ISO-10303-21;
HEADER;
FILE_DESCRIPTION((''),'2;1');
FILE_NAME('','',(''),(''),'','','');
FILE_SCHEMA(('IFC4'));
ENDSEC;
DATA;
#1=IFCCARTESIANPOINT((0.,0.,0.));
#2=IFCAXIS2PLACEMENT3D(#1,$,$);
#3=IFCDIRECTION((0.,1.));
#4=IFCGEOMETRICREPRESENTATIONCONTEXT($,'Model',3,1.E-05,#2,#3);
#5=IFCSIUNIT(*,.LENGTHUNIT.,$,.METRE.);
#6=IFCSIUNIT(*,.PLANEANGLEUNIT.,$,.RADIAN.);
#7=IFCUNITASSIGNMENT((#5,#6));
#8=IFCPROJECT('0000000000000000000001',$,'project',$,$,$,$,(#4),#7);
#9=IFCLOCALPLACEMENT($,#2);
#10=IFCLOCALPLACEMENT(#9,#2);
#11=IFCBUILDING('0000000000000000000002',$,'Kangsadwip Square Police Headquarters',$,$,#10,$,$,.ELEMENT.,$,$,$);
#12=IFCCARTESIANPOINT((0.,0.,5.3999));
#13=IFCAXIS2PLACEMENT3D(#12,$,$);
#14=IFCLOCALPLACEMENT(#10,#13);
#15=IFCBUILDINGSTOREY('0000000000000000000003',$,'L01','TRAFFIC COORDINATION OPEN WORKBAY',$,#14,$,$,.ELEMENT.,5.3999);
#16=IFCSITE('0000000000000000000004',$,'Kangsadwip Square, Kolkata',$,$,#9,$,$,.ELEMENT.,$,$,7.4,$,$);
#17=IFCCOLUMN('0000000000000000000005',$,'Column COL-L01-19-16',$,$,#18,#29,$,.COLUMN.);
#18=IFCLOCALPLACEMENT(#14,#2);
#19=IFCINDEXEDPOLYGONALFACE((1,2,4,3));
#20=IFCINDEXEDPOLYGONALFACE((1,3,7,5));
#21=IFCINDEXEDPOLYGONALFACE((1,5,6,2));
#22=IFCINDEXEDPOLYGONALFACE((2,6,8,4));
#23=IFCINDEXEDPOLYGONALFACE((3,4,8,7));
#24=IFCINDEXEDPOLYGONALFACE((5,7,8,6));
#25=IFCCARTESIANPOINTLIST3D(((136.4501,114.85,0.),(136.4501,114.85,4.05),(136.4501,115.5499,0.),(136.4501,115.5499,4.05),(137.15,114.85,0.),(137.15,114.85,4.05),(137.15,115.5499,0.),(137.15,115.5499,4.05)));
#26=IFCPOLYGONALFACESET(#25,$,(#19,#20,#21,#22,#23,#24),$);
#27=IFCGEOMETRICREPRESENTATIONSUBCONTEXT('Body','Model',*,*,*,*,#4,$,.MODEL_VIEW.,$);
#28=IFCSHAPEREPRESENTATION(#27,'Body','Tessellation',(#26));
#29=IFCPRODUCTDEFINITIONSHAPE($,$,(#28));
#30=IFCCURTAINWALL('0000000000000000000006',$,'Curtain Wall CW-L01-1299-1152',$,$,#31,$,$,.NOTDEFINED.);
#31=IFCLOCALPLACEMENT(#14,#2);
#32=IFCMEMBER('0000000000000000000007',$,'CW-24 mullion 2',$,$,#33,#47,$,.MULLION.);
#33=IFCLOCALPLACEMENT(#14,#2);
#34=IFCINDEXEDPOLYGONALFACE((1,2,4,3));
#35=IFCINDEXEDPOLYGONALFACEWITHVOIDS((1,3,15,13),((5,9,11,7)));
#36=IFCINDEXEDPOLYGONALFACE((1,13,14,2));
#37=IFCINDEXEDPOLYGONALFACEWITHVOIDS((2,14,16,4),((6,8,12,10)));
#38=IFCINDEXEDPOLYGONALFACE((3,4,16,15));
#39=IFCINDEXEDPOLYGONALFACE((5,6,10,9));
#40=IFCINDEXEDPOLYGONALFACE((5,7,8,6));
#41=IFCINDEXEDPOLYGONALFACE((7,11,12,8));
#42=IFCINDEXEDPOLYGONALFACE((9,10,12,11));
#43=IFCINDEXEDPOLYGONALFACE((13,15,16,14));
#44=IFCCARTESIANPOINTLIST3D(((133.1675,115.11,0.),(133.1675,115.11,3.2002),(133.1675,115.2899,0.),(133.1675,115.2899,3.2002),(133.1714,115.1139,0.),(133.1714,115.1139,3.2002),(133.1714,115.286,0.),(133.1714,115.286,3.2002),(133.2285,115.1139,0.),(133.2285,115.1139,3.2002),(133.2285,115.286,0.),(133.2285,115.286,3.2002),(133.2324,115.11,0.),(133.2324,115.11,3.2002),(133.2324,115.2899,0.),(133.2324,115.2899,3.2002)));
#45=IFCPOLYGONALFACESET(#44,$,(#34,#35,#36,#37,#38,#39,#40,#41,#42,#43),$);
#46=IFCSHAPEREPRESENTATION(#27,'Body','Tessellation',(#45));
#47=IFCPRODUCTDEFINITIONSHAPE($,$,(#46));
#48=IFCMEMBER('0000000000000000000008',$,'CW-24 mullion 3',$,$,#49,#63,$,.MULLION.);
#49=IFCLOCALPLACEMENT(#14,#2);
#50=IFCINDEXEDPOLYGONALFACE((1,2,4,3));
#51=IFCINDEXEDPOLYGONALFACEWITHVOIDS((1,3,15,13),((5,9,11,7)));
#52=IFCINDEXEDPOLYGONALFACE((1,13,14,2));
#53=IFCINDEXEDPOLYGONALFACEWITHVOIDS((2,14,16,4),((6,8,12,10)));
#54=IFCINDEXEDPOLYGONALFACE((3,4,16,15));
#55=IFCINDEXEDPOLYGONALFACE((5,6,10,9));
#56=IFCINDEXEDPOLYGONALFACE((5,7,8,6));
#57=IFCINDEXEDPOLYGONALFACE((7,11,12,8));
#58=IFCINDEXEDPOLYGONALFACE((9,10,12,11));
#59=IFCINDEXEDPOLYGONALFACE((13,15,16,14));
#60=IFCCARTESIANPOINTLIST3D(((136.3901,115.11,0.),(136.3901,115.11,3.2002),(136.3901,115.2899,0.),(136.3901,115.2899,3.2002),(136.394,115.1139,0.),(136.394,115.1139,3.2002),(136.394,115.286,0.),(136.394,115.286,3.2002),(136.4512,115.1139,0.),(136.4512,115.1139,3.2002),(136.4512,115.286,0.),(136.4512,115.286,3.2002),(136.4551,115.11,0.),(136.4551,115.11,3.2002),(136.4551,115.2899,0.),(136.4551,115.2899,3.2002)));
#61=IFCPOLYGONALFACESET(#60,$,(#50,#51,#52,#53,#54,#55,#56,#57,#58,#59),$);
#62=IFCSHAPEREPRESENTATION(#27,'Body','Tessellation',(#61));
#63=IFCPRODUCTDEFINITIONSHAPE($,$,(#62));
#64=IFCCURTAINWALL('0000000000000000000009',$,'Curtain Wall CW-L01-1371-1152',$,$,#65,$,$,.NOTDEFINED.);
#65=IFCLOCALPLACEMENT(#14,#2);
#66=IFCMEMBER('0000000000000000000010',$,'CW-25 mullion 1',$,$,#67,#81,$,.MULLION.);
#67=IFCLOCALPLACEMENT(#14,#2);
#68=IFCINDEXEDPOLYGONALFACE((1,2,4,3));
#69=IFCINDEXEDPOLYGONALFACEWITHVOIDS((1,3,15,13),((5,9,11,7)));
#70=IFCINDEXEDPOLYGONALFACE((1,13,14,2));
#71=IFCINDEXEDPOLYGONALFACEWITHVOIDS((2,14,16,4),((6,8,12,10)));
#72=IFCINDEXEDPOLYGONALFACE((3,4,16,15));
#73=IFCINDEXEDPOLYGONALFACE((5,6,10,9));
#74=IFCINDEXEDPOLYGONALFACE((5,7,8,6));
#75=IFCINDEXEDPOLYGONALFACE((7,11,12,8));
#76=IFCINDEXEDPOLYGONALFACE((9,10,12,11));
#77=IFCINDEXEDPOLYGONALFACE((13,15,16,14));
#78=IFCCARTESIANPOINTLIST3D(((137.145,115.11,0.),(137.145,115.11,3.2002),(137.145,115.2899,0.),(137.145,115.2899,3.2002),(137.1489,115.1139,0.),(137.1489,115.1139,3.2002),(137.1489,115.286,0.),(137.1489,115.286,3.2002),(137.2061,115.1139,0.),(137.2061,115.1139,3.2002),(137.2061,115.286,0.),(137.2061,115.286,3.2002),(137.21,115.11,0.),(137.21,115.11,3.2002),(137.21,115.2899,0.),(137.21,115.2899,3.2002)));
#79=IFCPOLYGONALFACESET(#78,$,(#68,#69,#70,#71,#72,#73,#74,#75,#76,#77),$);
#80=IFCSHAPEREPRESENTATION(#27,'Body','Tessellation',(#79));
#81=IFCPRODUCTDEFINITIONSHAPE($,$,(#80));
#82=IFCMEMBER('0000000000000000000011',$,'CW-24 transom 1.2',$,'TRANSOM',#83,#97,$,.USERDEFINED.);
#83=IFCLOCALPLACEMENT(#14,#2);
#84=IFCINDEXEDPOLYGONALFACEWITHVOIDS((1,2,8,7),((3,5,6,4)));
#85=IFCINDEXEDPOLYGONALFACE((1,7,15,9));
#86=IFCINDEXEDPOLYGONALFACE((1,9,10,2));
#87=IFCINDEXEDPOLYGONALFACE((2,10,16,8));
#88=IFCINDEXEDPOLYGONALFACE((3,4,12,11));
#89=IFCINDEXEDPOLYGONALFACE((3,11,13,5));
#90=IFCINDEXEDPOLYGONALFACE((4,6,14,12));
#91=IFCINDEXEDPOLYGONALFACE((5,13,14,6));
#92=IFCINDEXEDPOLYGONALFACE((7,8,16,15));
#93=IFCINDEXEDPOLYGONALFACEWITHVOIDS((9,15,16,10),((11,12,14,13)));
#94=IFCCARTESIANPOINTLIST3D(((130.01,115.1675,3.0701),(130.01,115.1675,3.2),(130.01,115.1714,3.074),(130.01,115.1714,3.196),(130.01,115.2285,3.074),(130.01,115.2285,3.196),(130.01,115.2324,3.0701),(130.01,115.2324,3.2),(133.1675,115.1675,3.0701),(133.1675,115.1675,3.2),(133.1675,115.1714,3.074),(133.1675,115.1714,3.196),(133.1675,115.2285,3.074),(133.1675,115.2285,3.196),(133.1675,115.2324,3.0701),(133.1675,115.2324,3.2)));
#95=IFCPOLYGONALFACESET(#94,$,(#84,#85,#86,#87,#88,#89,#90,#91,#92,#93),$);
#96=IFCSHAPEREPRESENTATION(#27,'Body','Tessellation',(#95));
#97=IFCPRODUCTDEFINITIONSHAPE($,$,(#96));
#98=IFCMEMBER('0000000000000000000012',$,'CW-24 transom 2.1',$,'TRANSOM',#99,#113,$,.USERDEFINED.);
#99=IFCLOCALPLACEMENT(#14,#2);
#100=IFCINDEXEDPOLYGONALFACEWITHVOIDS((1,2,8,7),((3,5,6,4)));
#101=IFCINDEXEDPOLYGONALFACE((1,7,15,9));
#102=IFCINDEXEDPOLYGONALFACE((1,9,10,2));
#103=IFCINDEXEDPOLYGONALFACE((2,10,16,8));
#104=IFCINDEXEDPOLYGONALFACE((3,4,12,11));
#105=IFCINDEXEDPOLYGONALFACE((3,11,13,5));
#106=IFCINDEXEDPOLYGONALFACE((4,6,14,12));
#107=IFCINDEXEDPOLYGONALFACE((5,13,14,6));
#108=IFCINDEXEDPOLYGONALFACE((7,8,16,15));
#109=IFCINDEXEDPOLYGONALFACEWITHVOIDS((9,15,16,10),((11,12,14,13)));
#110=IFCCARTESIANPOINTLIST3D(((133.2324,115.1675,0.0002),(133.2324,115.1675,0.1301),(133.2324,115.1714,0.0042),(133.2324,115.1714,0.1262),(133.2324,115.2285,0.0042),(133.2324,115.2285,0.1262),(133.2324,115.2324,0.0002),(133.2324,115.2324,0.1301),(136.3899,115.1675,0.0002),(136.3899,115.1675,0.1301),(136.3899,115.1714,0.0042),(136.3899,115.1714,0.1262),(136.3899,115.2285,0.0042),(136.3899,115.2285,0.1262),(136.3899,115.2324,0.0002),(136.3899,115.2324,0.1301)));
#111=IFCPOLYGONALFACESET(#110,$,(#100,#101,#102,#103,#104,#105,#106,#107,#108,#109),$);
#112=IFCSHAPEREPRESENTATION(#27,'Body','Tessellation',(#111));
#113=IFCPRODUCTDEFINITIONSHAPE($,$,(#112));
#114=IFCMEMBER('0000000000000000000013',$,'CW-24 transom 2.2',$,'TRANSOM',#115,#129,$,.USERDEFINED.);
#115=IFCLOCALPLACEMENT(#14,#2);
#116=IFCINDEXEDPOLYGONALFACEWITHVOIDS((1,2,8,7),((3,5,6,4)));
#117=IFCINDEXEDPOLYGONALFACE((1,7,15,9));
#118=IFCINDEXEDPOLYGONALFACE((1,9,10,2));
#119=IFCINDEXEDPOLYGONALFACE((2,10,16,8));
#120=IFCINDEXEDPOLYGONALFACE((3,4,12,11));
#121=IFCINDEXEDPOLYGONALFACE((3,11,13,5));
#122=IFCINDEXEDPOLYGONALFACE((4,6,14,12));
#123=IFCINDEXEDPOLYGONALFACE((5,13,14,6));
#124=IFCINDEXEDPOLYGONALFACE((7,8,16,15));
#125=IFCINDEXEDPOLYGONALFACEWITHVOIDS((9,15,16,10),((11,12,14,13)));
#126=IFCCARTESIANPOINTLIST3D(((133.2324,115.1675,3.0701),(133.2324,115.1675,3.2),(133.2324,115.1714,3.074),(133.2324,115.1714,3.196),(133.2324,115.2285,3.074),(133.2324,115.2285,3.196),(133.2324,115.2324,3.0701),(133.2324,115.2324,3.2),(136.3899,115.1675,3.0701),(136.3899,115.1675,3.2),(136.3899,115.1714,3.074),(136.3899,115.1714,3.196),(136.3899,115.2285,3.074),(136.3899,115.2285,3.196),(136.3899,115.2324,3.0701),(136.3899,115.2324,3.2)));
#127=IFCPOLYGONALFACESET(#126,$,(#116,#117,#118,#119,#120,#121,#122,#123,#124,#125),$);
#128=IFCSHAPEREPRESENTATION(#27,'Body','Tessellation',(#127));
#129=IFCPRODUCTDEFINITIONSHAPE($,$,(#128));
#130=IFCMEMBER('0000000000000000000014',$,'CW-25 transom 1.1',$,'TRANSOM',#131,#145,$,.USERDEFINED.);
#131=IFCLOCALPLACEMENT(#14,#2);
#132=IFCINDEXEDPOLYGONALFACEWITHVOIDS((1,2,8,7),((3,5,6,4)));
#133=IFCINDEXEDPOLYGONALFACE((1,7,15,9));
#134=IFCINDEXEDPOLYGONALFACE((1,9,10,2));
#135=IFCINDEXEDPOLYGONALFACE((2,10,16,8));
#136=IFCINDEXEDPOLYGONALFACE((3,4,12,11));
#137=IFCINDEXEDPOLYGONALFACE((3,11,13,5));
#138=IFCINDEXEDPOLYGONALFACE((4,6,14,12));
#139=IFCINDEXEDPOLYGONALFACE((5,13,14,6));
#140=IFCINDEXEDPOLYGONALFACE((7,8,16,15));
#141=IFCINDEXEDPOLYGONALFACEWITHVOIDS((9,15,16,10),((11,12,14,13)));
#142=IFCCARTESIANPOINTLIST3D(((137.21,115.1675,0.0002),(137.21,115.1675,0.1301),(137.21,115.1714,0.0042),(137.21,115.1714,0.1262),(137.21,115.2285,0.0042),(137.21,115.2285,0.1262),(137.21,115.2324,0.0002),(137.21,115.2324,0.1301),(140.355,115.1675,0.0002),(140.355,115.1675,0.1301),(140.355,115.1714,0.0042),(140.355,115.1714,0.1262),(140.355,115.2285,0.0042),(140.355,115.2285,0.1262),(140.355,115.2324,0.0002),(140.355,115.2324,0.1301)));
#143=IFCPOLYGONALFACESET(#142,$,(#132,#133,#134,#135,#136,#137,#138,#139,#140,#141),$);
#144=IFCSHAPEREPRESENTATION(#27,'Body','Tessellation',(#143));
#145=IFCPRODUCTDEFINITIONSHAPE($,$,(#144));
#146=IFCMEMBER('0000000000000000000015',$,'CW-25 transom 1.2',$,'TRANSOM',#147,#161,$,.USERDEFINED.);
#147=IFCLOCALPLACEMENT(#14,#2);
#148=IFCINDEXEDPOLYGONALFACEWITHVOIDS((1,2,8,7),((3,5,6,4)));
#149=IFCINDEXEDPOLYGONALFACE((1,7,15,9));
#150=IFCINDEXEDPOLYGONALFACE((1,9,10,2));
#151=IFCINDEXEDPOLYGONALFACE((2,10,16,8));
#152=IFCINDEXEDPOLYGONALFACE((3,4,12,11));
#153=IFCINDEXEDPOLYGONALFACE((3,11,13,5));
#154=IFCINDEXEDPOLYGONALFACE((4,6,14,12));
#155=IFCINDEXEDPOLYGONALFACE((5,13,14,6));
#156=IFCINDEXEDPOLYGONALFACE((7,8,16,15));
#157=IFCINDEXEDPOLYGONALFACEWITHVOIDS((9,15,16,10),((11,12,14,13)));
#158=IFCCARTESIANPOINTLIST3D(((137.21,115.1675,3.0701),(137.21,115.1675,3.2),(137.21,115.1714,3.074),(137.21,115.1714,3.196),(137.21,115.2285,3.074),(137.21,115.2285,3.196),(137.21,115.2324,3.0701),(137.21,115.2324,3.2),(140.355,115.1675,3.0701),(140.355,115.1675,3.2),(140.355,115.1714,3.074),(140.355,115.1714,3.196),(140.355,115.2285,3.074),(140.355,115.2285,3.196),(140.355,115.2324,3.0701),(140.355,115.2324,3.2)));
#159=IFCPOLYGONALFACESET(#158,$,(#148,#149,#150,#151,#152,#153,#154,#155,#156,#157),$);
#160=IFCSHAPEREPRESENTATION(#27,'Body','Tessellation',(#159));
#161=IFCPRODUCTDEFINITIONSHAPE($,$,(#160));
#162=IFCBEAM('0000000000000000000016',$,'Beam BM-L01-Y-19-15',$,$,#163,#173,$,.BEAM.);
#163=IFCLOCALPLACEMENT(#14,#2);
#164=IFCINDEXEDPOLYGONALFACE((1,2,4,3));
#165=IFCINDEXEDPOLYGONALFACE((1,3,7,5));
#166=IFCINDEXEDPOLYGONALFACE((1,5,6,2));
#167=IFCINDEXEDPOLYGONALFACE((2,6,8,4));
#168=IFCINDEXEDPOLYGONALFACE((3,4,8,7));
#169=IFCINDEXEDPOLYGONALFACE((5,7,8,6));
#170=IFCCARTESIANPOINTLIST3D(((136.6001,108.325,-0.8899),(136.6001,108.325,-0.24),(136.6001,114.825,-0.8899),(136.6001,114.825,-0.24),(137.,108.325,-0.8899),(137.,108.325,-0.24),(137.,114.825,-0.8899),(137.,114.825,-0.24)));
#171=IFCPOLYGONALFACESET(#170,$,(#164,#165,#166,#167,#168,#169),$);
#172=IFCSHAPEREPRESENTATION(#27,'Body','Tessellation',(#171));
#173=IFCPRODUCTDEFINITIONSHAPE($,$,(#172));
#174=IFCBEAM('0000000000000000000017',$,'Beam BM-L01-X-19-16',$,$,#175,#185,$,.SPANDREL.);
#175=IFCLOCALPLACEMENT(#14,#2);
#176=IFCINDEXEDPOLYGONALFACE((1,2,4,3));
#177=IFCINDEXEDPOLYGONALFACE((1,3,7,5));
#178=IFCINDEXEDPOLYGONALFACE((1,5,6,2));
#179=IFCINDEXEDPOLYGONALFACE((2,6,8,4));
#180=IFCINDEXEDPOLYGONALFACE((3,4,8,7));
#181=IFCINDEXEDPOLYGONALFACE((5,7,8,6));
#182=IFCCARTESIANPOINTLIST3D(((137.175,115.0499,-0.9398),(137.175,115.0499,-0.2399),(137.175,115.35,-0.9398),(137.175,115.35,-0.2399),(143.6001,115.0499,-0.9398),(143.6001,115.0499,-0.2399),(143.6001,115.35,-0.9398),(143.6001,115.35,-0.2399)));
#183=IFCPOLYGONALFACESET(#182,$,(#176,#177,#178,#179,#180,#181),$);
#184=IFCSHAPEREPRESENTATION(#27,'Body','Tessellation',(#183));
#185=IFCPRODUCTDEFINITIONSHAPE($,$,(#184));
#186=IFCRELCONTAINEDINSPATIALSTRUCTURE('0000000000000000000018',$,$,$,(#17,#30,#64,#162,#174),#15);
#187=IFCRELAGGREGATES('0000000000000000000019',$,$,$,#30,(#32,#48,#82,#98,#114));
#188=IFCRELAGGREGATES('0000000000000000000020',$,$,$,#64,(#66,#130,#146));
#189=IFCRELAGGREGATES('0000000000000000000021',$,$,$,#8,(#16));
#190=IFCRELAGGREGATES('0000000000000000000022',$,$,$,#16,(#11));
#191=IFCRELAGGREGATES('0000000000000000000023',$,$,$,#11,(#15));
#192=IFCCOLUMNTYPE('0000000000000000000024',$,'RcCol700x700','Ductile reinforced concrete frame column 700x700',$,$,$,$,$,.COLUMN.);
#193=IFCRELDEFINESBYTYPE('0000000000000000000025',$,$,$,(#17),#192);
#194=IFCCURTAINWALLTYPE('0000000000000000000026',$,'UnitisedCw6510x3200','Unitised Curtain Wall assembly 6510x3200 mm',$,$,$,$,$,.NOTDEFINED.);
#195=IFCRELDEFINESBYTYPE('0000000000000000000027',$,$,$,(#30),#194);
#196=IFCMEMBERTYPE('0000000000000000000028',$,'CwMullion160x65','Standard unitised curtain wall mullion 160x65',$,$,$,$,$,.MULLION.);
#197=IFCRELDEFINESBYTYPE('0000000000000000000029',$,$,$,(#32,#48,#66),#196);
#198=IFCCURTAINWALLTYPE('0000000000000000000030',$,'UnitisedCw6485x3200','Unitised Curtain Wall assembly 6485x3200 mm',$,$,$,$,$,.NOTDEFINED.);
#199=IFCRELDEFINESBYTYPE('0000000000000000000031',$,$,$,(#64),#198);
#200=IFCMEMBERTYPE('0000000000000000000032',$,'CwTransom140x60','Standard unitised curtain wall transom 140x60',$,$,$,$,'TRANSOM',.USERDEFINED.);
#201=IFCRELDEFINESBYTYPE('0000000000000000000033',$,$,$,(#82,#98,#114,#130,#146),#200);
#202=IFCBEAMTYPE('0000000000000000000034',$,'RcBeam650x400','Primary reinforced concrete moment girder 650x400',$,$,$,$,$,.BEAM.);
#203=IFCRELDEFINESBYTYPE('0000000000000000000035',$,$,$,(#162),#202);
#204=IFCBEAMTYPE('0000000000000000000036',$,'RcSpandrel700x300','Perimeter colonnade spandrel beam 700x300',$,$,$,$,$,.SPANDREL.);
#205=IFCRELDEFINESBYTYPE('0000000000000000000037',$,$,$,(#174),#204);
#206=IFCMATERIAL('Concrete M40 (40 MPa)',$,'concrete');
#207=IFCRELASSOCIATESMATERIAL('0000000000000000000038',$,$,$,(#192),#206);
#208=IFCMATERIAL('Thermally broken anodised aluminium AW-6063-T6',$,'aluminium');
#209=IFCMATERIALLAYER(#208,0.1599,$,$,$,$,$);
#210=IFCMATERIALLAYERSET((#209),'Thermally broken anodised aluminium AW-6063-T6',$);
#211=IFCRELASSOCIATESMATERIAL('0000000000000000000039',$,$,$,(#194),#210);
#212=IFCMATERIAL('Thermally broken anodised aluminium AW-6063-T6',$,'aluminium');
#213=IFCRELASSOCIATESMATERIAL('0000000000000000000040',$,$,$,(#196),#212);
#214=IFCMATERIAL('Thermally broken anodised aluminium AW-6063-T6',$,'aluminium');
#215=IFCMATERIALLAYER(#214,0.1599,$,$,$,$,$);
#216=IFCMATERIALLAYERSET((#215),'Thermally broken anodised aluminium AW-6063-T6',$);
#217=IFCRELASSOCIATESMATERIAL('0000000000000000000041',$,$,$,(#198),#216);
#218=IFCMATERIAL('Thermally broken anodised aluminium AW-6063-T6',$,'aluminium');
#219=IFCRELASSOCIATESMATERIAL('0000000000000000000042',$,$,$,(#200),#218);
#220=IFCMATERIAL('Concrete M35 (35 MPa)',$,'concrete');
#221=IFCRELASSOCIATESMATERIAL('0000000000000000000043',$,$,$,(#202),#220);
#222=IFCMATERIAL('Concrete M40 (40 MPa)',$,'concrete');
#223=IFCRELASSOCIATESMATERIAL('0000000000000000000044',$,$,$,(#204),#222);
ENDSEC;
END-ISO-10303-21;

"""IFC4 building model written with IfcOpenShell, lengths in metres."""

from ifc_helpers import new_model, si_unit, direction, frame, origin, origin_2d, place, context, subcontext, project, spatial, rectangle, hollow_rectangle, extrude, material, layer, layer_set, material_profile, profile_set, type_object, element, aggregate, save


model = new_model("IFC4")

# Units and contexts
model_context = context("Model", 3, precision=1e-05, world=origin(), true_north=direction((0.0, 1.0)))
body_context = subcontext(model_context, "Body", "Model", "MODEL_VIEW")
ifc_project = project(units=[si_unit("LENGTHUNIT", "METRE"), si_unit("PLANEANGLEUNIT", "RADIAN")], contexts=[model_context])

# Site, building, storey
site_placement = place(None, origin())
site = spatial("IfcSite", under=ifc_project, at=site_placement, Name="Kangsadwip Square, Kolkata", CompositionType="ELEMENT", RefElevation=7.4)
building_placement = place(site_placement, origin())
building = spatial("IfcBuilding", under=site, at=building_placement, Name="Kangsadwip Square Police Headquarters", CompositionType="ELEMENT")
storey_placement = place(building_placement, frame((0.0, 0.0, 5.3999)))
storey = spatial("IfcBuildingStorey", under=building, at=storey_placement, Name="L01", Description="TRAFFIC COORDINATION OPEN WORKBAY", CompositionType="ELEMENT", Elevation=5.3999)

# Column
ifc_material_1 = material(Name="Concrete M40 (40 MPa)", Category="concrete")
ifc_material_profile_1 = material_profile(ifc_material_1, rectangle(XDim=0.7, YDim=0.7, at=origin_2d()), Name="RC COL 700X700")
ifc_profile_set_1 = profile_set([ifc_material_profile_1], Name="Concrete M40 (40 MPa)")
column_type = type_object("IfcColumnType", Name="RcCol700x700", Description="Ductile reinforced concrete frame column 700x700", PredefinedType="COLUMN", material=ifc_profile_set_1)
column_placement = place(storey_placement, frame((136.8, 115.2, 0.0), z_axis=(0.0, 0.0, 1.0), x_axis=(1.0, 0.0, 0.0)))
element("IfcColumn", 1, at=column_placement, inside=storey, type_object=column_type, Name="Column COL-L01-19-16", PredefinedType="COLUMN", context=body_context, shape_type="SweptSolid", body=[
    extrude(rectangle(XDim=0.7, YDim=0.7, at=origin_2d()), origin(), (0.0, 0.0, 1.0), 4.05),
])

# Curtain wall, members
ifc_material_2 = material(Name="Thermally broken anodised aluminium AW-6063-T6", Category="aluminium")
ifc_layer_1 = layer(ifc_material_2, 0.1599)
ifc_layer_set_1 = layer_set([ifc_layer_1], Name="Thermally broken anodised aluminium AW-6063-T6")
curtain_wall_type_1 = type_object("IfcCurtainWallType", Name="UnitisedCw6510x3200", Description="Unitised Curtain Wall assembly 6510x3200 mm", PredefinedType="NOTDEFINED", material=ifc_layer_set_1)
curtain_wall_1_placement = place(storey_placement, origin())
curtain_wall_1 = element("IfcCurtainWall", 2, at=curtain_wall_1_placement, inside=storey, type_object=curtain_wall_type_1, Name="Curtain Wall CW-L01-1299-1152", PredefinedType="NOTDEFINED")
ifc_material_3 = material(Name="Thermally broken anodised aluminium AW-6063-T6", Category="aluminium")
ifc_material_profile_2 = material_profile(ifc_material_3, hollow_rectangle(XDim=0.0649, YDim=0.1799, WallThickness=0.0039, at=origin_2d()), Name="CWM 180X65X4")
ifc_profile_set_2 = profile_set([ifc_material_profile_2], Name="Thermally broken anodised aluminium AW-6063-T6")
member_type_1 = type_object("IfcMemberType", Name="CwMullion160x65", Description="Standard unitised curtain wall mullion 160x65", PredefinedType="MULLION", material=ifc_profile_set_2)
member_1_placement = place(storey_placement, frame((133.2, 115.2, 0.0), z_axis=(0.0, 0.0, 1.0), x_axis=(1.0, 0.0, 0.0)))
member_1 = element("IfcMember", 3, at=member_1_placement, type_object=member_type_1, Name="CW-24 mullion 2", PredefinedType="MULLION", context=body_context, shape_type="SweptSolid", body=[
    extrude(hollow_rectangle(XDim=0.0649, YDim=0.1799, WallThickness=0.0039, at=origin_2d()), origin(), (0.0, 0.0, 1.0), 3.2002),
])
member_2_placement = place(storey_placement, frame((136.4226, 115.2, 0.0), z_axis=(0.0, 0.0, 1.0), x_axis=(1.0, 0.0, 0.0)))
member_2 = element("IfcMember", 4, at=member_2_placement, type_object=member_type_1, Name="CW-24 mullion 3", PredefinedType="MULLION", context=body_context, shape_type="SweptSolid", body=[
    extrude(hollow_rectangle(XDim=0.0649, YDim=0.1799, WallThickness=0.0039, at=origin_2d()), origin(), (0.0, 0.0, 1.0), 3.2002),
])

# Curtain wall, member
ifc_material_4 = material(Name="Thermally broken anodised aluminium AW-6063-T6", Category="aluminium")
ifc_layer_2 = layer(ifc_material_4, 0.1599)
ifc_layer_set_2 = layer_set([ifc_layer_2], Name="Thermally broken anodised aluminium AW-6063-T6")
curtain_wall_type_2 = type_object("IfcCurtainWallType", Name="UnitisedCw6485x3200", Description="Unitised Curtain Wall assembly 6485x3200 mm", PredefinedType="NOTDEFINED", material=ifc_layer_set_2)
curtain_wall_2_placement = place(storey_placement, origin())
curtain_wall_2 = element("IfcCurtainWall", 5, at=curtain_wall_2_placement, inside=storey, type_object=curtain_wall_type_2, Name="Curtain Wall CW-L01-1371-1152", PredefinedType="NOTDEFINED")
member_3_placement = place(storey_placement, frame((137.1775, 115.2, 0.0), z_axis=(0.0, 0.0, 1.0), x_axis=(1.0, 0.0, 0.0)))
member_3 = element("IfcMember", 6, at=member_3_placement, type_object=member_type_1, Name="CW-25 mullion 1", PredefinedType="MULLION", context=body_context, shape_type="SweptSolid", body=[
    extrude(hollow_rectangle(XDim=0.0649, YDim=0.1799, WallThickness=0.0039, at=origin_2d()), origin(), (0.0, 0.0, 1.0), 3.2002),
])

# Members
ifc_material_5 = material(Name="Thermally broken anodised aluminium AW-6063-T6", Category="aluminium")
ifc_material_profile_3 = material_profile(ifc_material_5, hollow_rectangle(XDim=0.0649, YDim=0.1299, WallThickness=0.0039, at=origin_2d()), Name="CWT 130X65X4")
ifc_profile_set_3 = profile_set([ifc_material_profile_3], Name="Thermally broken anodised aluminium AW-6063-T6")
member_type_2 = type_object("IfcMemberType", Name="CwTransom140x60", Description="Standard unitised curtain wall transom 140x60", ElementType="TRANSOM", PredefinedType="USERDEFINED", material=ifc_profile_set_3)
member_4_placement = place(storey_placement, frame((130.01, 115.2, 3.135), z_axis=(1.0, 0.0, 0.0), x_axis=(0.0, 1.0, 0.0)))
member_4 = element("IfcMember", 7, at=member_4_placement, type_object=member_type_2, Name="CW-24 transom 1.2", ObjectType="TRANSOM", PredefinedType="USERDEFINED", context=body_context, shape_type="SweptSolid", body=[
    extrude(hollow_rectangle(XDim=0.0649, YDim=0.1299, WallThickness=0.0039, at=origin_2d()), origin(), (0.0, 0.0, 1.0), 3.1575),
])
member_5_placement = place(storey_placement, frame((133.2324, 115.2, 0.0652), z_axis=(1.0, 0.0, 0.0), x_axis=(0.0, 1.0, 0.0)))
member_5 = element("IfcMember", 8, at=member_5_placement, type_object=member_type_2, Name="CW-24 transom 2.1", ObjectType="TRANSOM", PredefinedType="USERDEFINED", context=body_context, shape_type="SweptSolid", body=[
    extrude(hollow_rectangle(XDim=0.0649, YDim=0.1299, WallThickness=0.0039, at=origin_2d()), origin(), (0.0, 0.0, 1.0), 3.1575),
])
member_6_placement = place(storey_placement, frame((133.2324, 115.2, 3.135), z_axis=(1.0, 0.0, 0.0), x_axis=(0.0, 1.0, 0.0)))
member_6 = element("IfcMember", 9, at=member_6_placement, type_object=member_type_2, Name="CW-24 transom 2.2", ObjectType="TRANSOM", PredefinedType="USERDEFINED", context=body_context, shape_type="SweptSolid", body=[
    extrude(hollow_rectangle(XDim=0.0649, YDim=0.1299, WallThickness=0.0039, at=origin_2d()), origin(), (0.0, 0.0, 1.0), 3.1575),
])
member_7_placement = place(storey_placement, frame((137.21, 115.2, 0.0652), z_axis=(1.0, 0.0, 0.0), x_axis=(0.0, 1.0, 0.0)))
member_7 = element("IfcMember", 10, at=member_7_placement, type_object=member_type_2, Name="CW-25 transom 1.1", ObjectType="TRANSOM", PredefinedType="USERDEFINED", context=body_context, shape_type="SweptSolid", body=[
    extrude(hollow_rectangle(XDim=0.0649, YDim=0.1299, WallThickness=0.0039, at=origin_2d()), origin(), (0.0, 0.0, 1.0), 3.145),
])
member_8_placement = place(storey_placement, frame((137.21, 115.2, 3.135), z_axis=(1.0, 0.0, 0.0), x_axis=(0.0, 1.0, 0.0)))
member_8 = element("IfcMember", 11, at=member_8_placement, type_object=member_type_2, Name="CW-25 transom 1.2", ObjectType="TRANSOM", PredefinedType="USERDEFINED", context=body_context, shape_type="SweptSolid", body=[
    extrude(hollow_rectangle(XDim=0.0649, YDim=0.1299, WallThickness=0.0039, at=origin_2d()), origin(), (0.0, 0.0, 1.0), 3.145),
])

# Beams
ifc_material_6 = material(Name="Concrete M35 (35 MPa)", Category="concrete")
ifc_material_profile_4 = material_profile(ifc_material_6, rectangle(XDim=0.3999, YDim=0.6499, at=origin_2d()), Name="RC BM 650X400")
ifc_profile_set_4 = profile_set([ifc_material_profile_4], Name="Concrete M35 (35 MPa)")
beam_type_1 = type_object("IfcBeamType", Name="RcBeam650x400", Description="Primary reinforced concrete moment girder 650x400", PredefinedType="BEAM", material=ifc_profile_set_4)
beam_1_placement = place(storey_placement, frame((136.8, 108.325, -0.5649), z_axis=(0.0, 1.0, 0.0), x_axis=(-1.0, 0.0, 0.0)))
element("IfcBeam", 12, at=beam_1_placement, inside=storey, type_object=beam_type_1, Name="Beam BM-L01-Y-19-15", PredefinedType="BEAM", context=body_context, shape_type="SweptSolid", body=[
    extrude(rectangle(XDim=0.3999, YDim=0.6499, at=origin_2d()), origin(), (0.0, 0.0, 1.0), 6.5),
])
ifc_material_7 = material(Name="Concrete M40 (40 MPa)", Category="concrete")
ifc_material_profile_5 = material_profile(ifc_material_7, rectangle(XDim=0.3, YDim=0.7, at=origin_2d()), Name="RC SPN 700X300")
ifc_profile_set_5 = profile_set([ifc_material_profile_5], Name="Concrete M40 (40 MPa)")
beam_type_2 = type_object("IfcBeamType", Name="RcSpandrel700x300", Description="Perimeter colonnade spandrel beam 700x300", PredefinedType="SPANDREL", material=ifc_profile_set_5)
beam_2_placement = place(storey_placement, frame((137.175, 115.2, -0.5898), z_axis=(1.0, 0.0, 0.0), x_axis=(0.0, 1.0, 0.0)))
element("IfcBeam", 13, at=beam_2_placement, inside=storey, type_object=beam_type_2, Name="Beam BM-L01-X-19-16", PredefinedType="SPANDREL", context=body_context, shape_type="SweptSolid", body=[
    extrude(rectangle(XDim=0.3, YDim=0.7, at=origin_2d()), origin(), (0.0, 0.0, 1.0), 6.425),
])

aggregate(curtain_wall_1, [member_1, member_2, member_4, member_5, member_6])
aggregate(curtain_wall_2, [member_3, member_7, member_8])

save(model, "model.ifc")
